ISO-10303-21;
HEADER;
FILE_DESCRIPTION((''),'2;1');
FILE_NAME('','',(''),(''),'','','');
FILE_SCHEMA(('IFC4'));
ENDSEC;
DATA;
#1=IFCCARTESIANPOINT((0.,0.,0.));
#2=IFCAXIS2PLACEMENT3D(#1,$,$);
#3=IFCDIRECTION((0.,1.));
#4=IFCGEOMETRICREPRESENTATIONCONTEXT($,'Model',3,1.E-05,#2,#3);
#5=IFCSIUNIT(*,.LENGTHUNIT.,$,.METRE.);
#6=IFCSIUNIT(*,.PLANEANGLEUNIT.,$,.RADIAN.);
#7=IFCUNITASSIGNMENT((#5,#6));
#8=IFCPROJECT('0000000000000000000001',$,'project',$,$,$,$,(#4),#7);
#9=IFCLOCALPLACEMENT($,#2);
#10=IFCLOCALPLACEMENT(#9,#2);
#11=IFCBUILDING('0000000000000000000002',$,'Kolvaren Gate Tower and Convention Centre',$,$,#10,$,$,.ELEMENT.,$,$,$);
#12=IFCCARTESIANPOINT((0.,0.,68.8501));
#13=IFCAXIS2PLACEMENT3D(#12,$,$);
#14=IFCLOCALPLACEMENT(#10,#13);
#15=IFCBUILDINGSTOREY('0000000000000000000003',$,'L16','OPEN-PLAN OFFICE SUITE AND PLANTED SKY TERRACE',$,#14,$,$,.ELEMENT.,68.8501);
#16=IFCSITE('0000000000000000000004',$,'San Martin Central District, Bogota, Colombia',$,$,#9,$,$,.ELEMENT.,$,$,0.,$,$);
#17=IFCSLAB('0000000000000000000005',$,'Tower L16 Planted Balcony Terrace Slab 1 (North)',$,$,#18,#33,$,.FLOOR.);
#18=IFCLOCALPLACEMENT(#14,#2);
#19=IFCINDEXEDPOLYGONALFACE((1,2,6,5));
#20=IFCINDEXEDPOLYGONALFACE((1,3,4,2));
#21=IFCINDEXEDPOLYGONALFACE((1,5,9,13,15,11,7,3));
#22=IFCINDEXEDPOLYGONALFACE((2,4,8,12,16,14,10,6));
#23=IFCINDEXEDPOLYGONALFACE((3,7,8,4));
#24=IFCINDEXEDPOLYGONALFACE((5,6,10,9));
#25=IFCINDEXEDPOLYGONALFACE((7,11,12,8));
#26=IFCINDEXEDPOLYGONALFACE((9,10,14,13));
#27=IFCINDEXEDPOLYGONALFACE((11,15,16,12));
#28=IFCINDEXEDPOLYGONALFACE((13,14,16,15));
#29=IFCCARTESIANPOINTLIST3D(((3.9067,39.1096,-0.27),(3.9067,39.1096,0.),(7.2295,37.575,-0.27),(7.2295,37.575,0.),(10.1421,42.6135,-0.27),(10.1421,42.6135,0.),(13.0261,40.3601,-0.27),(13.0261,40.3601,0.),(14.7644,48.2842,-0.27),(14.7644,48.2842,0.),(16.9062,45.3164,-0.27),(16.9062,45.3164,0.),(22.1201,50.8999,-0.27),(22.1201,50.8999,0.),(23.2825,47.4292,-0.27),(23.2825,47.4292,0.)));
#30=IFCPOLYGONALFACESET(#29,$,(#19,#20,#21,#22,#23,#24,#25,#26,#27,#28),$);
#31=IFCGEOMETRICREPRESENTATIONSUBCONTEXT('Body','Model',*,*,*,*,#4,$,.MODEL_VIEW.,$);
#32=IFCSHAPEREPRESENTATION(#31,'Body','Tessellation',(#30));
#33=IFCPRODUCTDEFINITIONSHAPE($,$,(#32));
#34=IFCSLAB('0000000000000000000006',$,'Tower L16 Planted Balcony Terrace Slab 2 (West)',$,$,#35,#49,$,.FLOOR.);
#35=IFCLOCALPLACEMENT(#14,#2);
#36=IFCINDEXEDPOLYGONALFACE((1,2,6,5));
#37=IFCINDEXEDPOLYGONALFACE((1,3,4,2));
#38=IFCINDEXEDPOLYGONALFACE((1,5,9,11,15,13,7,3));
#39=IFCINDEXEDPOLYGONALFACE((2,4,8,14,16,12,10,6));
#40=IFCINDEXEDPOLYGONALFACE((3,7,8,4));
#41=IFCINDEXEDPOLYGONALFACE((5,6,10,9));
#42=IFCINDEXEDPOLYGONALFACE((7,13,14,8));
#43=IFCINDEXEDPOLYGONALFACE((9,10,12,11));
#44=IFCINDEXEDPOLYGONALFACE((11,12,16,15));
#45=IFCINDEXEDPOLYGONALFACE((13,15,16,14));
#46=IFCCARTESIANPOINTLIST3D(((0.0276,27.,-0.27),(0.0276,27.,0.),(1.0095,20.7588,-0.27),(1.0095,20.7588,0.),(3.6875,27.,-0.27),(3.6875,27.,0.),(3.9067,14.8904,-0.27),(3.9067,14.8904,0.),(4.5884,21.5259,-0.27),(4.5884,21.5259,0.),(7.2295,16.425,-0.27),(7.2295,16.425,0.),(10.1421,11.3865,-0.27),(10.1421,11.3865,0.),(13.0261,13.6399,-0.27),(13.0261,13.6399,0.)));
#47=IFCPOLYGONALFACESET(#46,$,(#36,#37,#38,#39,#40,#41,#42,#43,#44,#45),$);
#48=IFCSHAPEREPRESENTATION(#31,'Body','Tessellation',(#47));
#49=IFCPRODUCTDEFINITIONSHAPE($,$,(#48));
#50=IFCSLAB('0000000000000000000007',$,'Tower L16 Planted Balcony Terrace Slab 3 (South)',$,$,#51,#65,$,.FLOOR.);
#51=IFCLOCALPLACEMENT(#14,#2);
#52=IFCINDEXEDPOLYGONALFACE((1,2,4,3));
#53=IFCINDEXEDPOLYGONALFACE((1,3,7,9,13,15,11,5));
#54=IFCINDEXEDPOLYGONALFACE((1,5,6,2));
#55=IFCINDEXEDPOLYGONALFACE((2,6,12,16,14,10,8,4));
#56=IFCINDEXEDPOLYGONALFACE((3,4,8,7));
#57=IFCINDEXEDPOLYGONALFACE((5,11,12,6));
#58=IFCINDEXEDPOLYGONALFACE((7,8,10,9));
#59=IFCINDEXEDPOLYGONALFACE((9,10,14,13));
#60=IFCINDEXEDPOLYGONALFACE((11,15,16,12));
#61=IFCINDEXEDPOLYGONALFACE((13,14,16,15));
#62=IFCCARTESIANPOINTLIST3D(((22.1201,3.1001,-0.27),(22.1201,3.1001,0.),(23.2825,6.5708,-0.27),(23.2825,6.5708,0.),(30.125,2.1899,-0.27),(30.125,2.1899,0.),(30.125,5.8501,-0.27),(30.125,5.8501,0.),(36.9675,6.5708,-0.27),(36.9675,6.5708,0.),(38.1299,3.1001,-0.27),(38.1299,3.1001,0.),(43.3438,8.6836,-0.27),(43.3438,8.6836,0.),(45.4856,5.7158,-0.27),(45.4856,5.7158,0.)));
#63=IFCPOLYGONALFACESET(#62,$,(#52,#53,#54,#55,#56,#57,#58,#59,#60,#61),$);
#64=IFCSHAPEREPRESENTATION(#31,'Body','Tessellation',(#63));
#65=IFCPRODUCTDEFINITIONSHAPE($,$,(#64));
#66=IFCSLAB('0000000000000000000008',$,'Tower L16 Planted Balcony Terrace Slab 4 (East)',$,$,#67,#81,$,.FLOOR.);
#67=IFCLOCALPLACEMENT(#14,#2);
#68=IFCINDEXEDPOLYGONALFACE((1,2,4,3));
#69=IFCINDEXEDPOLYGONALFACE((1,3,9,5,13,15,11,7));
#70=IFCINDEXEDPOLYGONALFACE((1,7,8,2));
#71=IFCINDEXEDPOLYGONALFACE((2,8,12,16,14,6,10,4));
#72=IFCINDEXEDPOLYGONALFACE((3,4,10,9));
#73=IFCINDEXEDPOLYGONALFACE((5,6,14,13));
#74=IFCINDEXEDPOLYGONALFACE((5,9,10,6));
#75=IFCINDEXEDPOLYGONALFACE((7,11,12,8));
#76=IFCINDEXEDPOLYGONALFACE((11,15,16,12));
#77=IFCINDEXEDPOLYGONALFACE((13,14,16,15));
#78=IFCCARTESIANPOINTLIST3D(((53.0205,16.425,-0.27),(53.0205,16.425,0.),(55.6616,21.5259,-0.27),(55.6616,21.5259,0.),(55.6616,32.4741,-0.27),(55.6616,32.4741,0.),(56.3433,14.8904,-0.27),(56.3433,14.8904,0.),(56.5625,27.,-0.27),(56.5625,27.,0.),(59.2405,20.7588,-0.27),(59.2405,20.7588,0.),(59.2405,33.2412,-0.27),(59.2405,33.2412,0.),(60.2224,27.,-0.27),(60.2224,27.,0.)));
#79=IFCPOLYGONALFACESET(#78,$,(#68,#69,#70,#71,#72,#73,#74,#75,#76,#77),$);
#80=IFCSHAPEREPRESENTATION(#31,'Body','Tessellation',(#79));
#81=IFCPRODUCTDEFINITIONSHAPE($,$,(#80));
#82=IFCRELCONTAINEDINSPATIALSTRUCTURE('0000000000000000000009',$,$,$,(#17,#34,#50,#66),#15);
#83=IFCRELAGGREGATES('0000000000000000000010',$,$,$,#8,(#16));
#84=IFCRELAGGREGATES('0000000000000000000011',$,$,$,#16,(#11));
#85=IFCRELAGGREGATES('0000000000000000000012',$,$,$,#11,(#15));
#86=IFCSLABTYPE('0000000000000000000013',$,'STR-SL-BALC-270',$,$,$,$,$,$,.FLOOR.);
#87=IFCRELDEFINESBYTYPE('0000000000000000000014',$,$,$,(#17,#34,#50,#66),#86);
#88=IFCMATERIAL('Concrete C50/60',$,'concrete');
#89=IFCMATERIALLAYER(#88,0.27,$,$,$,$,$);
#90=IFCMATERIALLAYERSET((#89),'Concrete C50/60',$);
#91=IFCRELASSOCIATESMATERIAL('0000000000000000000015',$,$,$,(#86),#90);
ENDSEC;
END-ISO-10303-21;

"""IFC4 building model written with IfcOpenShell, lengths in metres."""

from ifc_helpers import new_model, si_unit, direction, frame, origin, place, context, subcontext, project, spatial, polyline, outline, extrude, material, layer, layer_set, type_object, element, save


model = new_model("IFC4")

# Units and contexts
model_context = context("Model", 3, precision=1e-05, world=origin(), true_north=direction((0.0, 1.0)))
body_context = subcontext(model_context, "Body", "Model", "MODEL_VIEW")
ifc_project = project(units=[si_unit("LENGTHUNIT", "METRE"), si_unit("PLANEANGLEUNIT", "RADIAN")], contexts=[model_context])

# Site, building, storey
site_placement = place(None, origin())
site = spatial("IfcSite", under=ifc_project, at=site_placement, Name="San Martin Central District, Bogota, Colombia", CompositionType="ELEMENT", RefElevation=0.0)
building_placement = place(site_placement, origin())
building = spatial("IfcBuilding", under=site, at=building_placement, Name="Kolvaren Gate Tower and Convention Centre", CompositionType="ELEMENT")
storey_placement = place(building_placement, frame((0.0, 0.0, 68.8501)))
storey = spatial("IfcBuildingStorey", under=building, at=storey_placement, Name="L16", Description="OPEN-PLAN OFFICE SUITE AND PLANTED SKY TERRACE", CompositionType="ELEMENT", Elevation=68.8501)

# Slabs
ifc_material_1 = material(Name="Concrete C50/60", Category="concrete")
ifc_layer_1 = layer(ifc_material_1, 0.27)
ifc_layer_set_1 = layer_set([ifc_layer_1], Name="Concrete C50/60")
slab_type_1 = type_object("IfcSlabType", Name="STR-SL-BALC-270", PredefinedType="FLOOR", material=ifc_layer_set_1)
slab_1_placement = place(storey_placement, frame((0.0, 0.0, -0.27)))
element("IfcSlab", 1, at=slab_1_placement, inside=storey, type_object=slab_type_1, Name="Tower L16 Planted Balcony Terrace Slab 1 (North)", PredefinedType="FLOOR", context=body_context, shape_type="SweptSolid", body=[
    extrude(outline(polyline([(23.2825, 47.4292), (16.9062, 45.3164), (13.0261, 40.3601), (7.2295, 37.575), (3.9067, 39.1096), (10.1421, 42.6135), (14.7644, 48.2842), (22.1201, 50.8999), (23.2825, 47.4292)])), origin(), (0.0, 0.0, 1.0), 0.27),
])
slab_2_placement = place(storey_placement, frame((0.0, 0.0, -0.27)))
element("IfcSlab", 2, at=slab_2_placement, inside=storey, type_object=slab_type_1, Name="Tower L16 Planted Balcony Terrace Slab 2 (West)", PredefinedType="FLOOR", context=body_context, shape_type="SweptSolid", body=[
    extrude(outline(polyline([(3.6875, 27.0), (4.5884, 21.5259), (7.2295, 16.425), (13.0261, 13.6399), (10.1421, 11.3865), (3.9067, 14.8904), (1.0095, 20.7588), (0.0276, 27.0), (3.6875, 27.0)])), origin(), (0.0, 0.0, 1.0), 0.27),
])
slab_3_placement = place(storey_placement, frame((0.0, 0.0, -0.27)))
element("IfcSlab", 3, at=slab_3_placement, inside=storey, type_object=slab_type_1, Name="Tower L16 Planted Balcony Terrace Slab 3 (South)", PredefinedType="FLOOR", context=body_context, shape_type="SweptSolid", body=[
    extrude(outline(polyline([(23.2825, 6.5708), (30.125, 5.8501), (36.9675, 6.5708), (43.3438, 8.6836), (45.4856, 5.7158), (38.1299, 3.1001), (30.125, 2.1899), (22.1201, 3.1001), (23.2825, 6.5708)])), origin(), (0.0, 0.0, 1.0), 0.27),
])
slab_4_placement = place(storey_placement, frame((0.0, 0.0, -0.27)))
element("IfcSlab", 4, at=slab_4_placement, inside=storey, type_object=slab_type_1, Name="Tower L16 Planted Balcony Terrace Slab 4 (East)", PredefinedType="FLOOR", context=body_context, shape_type="SweptSolid", body=[
    extrude(outline(polyline([(53.0205, 16.425), (55.6616, 21.5259), (56.5625, 27.0), (55.6616, 32.4741), (59.2405, 33.2412), (60.2224, 27.0), (59.2405, 20.7588), (56.3433, 14.8904), (53.0205, 16.425)])), origin(), (0.0, 0.0, 1.0), 0.27),
])

save(model, "model.ifc")
